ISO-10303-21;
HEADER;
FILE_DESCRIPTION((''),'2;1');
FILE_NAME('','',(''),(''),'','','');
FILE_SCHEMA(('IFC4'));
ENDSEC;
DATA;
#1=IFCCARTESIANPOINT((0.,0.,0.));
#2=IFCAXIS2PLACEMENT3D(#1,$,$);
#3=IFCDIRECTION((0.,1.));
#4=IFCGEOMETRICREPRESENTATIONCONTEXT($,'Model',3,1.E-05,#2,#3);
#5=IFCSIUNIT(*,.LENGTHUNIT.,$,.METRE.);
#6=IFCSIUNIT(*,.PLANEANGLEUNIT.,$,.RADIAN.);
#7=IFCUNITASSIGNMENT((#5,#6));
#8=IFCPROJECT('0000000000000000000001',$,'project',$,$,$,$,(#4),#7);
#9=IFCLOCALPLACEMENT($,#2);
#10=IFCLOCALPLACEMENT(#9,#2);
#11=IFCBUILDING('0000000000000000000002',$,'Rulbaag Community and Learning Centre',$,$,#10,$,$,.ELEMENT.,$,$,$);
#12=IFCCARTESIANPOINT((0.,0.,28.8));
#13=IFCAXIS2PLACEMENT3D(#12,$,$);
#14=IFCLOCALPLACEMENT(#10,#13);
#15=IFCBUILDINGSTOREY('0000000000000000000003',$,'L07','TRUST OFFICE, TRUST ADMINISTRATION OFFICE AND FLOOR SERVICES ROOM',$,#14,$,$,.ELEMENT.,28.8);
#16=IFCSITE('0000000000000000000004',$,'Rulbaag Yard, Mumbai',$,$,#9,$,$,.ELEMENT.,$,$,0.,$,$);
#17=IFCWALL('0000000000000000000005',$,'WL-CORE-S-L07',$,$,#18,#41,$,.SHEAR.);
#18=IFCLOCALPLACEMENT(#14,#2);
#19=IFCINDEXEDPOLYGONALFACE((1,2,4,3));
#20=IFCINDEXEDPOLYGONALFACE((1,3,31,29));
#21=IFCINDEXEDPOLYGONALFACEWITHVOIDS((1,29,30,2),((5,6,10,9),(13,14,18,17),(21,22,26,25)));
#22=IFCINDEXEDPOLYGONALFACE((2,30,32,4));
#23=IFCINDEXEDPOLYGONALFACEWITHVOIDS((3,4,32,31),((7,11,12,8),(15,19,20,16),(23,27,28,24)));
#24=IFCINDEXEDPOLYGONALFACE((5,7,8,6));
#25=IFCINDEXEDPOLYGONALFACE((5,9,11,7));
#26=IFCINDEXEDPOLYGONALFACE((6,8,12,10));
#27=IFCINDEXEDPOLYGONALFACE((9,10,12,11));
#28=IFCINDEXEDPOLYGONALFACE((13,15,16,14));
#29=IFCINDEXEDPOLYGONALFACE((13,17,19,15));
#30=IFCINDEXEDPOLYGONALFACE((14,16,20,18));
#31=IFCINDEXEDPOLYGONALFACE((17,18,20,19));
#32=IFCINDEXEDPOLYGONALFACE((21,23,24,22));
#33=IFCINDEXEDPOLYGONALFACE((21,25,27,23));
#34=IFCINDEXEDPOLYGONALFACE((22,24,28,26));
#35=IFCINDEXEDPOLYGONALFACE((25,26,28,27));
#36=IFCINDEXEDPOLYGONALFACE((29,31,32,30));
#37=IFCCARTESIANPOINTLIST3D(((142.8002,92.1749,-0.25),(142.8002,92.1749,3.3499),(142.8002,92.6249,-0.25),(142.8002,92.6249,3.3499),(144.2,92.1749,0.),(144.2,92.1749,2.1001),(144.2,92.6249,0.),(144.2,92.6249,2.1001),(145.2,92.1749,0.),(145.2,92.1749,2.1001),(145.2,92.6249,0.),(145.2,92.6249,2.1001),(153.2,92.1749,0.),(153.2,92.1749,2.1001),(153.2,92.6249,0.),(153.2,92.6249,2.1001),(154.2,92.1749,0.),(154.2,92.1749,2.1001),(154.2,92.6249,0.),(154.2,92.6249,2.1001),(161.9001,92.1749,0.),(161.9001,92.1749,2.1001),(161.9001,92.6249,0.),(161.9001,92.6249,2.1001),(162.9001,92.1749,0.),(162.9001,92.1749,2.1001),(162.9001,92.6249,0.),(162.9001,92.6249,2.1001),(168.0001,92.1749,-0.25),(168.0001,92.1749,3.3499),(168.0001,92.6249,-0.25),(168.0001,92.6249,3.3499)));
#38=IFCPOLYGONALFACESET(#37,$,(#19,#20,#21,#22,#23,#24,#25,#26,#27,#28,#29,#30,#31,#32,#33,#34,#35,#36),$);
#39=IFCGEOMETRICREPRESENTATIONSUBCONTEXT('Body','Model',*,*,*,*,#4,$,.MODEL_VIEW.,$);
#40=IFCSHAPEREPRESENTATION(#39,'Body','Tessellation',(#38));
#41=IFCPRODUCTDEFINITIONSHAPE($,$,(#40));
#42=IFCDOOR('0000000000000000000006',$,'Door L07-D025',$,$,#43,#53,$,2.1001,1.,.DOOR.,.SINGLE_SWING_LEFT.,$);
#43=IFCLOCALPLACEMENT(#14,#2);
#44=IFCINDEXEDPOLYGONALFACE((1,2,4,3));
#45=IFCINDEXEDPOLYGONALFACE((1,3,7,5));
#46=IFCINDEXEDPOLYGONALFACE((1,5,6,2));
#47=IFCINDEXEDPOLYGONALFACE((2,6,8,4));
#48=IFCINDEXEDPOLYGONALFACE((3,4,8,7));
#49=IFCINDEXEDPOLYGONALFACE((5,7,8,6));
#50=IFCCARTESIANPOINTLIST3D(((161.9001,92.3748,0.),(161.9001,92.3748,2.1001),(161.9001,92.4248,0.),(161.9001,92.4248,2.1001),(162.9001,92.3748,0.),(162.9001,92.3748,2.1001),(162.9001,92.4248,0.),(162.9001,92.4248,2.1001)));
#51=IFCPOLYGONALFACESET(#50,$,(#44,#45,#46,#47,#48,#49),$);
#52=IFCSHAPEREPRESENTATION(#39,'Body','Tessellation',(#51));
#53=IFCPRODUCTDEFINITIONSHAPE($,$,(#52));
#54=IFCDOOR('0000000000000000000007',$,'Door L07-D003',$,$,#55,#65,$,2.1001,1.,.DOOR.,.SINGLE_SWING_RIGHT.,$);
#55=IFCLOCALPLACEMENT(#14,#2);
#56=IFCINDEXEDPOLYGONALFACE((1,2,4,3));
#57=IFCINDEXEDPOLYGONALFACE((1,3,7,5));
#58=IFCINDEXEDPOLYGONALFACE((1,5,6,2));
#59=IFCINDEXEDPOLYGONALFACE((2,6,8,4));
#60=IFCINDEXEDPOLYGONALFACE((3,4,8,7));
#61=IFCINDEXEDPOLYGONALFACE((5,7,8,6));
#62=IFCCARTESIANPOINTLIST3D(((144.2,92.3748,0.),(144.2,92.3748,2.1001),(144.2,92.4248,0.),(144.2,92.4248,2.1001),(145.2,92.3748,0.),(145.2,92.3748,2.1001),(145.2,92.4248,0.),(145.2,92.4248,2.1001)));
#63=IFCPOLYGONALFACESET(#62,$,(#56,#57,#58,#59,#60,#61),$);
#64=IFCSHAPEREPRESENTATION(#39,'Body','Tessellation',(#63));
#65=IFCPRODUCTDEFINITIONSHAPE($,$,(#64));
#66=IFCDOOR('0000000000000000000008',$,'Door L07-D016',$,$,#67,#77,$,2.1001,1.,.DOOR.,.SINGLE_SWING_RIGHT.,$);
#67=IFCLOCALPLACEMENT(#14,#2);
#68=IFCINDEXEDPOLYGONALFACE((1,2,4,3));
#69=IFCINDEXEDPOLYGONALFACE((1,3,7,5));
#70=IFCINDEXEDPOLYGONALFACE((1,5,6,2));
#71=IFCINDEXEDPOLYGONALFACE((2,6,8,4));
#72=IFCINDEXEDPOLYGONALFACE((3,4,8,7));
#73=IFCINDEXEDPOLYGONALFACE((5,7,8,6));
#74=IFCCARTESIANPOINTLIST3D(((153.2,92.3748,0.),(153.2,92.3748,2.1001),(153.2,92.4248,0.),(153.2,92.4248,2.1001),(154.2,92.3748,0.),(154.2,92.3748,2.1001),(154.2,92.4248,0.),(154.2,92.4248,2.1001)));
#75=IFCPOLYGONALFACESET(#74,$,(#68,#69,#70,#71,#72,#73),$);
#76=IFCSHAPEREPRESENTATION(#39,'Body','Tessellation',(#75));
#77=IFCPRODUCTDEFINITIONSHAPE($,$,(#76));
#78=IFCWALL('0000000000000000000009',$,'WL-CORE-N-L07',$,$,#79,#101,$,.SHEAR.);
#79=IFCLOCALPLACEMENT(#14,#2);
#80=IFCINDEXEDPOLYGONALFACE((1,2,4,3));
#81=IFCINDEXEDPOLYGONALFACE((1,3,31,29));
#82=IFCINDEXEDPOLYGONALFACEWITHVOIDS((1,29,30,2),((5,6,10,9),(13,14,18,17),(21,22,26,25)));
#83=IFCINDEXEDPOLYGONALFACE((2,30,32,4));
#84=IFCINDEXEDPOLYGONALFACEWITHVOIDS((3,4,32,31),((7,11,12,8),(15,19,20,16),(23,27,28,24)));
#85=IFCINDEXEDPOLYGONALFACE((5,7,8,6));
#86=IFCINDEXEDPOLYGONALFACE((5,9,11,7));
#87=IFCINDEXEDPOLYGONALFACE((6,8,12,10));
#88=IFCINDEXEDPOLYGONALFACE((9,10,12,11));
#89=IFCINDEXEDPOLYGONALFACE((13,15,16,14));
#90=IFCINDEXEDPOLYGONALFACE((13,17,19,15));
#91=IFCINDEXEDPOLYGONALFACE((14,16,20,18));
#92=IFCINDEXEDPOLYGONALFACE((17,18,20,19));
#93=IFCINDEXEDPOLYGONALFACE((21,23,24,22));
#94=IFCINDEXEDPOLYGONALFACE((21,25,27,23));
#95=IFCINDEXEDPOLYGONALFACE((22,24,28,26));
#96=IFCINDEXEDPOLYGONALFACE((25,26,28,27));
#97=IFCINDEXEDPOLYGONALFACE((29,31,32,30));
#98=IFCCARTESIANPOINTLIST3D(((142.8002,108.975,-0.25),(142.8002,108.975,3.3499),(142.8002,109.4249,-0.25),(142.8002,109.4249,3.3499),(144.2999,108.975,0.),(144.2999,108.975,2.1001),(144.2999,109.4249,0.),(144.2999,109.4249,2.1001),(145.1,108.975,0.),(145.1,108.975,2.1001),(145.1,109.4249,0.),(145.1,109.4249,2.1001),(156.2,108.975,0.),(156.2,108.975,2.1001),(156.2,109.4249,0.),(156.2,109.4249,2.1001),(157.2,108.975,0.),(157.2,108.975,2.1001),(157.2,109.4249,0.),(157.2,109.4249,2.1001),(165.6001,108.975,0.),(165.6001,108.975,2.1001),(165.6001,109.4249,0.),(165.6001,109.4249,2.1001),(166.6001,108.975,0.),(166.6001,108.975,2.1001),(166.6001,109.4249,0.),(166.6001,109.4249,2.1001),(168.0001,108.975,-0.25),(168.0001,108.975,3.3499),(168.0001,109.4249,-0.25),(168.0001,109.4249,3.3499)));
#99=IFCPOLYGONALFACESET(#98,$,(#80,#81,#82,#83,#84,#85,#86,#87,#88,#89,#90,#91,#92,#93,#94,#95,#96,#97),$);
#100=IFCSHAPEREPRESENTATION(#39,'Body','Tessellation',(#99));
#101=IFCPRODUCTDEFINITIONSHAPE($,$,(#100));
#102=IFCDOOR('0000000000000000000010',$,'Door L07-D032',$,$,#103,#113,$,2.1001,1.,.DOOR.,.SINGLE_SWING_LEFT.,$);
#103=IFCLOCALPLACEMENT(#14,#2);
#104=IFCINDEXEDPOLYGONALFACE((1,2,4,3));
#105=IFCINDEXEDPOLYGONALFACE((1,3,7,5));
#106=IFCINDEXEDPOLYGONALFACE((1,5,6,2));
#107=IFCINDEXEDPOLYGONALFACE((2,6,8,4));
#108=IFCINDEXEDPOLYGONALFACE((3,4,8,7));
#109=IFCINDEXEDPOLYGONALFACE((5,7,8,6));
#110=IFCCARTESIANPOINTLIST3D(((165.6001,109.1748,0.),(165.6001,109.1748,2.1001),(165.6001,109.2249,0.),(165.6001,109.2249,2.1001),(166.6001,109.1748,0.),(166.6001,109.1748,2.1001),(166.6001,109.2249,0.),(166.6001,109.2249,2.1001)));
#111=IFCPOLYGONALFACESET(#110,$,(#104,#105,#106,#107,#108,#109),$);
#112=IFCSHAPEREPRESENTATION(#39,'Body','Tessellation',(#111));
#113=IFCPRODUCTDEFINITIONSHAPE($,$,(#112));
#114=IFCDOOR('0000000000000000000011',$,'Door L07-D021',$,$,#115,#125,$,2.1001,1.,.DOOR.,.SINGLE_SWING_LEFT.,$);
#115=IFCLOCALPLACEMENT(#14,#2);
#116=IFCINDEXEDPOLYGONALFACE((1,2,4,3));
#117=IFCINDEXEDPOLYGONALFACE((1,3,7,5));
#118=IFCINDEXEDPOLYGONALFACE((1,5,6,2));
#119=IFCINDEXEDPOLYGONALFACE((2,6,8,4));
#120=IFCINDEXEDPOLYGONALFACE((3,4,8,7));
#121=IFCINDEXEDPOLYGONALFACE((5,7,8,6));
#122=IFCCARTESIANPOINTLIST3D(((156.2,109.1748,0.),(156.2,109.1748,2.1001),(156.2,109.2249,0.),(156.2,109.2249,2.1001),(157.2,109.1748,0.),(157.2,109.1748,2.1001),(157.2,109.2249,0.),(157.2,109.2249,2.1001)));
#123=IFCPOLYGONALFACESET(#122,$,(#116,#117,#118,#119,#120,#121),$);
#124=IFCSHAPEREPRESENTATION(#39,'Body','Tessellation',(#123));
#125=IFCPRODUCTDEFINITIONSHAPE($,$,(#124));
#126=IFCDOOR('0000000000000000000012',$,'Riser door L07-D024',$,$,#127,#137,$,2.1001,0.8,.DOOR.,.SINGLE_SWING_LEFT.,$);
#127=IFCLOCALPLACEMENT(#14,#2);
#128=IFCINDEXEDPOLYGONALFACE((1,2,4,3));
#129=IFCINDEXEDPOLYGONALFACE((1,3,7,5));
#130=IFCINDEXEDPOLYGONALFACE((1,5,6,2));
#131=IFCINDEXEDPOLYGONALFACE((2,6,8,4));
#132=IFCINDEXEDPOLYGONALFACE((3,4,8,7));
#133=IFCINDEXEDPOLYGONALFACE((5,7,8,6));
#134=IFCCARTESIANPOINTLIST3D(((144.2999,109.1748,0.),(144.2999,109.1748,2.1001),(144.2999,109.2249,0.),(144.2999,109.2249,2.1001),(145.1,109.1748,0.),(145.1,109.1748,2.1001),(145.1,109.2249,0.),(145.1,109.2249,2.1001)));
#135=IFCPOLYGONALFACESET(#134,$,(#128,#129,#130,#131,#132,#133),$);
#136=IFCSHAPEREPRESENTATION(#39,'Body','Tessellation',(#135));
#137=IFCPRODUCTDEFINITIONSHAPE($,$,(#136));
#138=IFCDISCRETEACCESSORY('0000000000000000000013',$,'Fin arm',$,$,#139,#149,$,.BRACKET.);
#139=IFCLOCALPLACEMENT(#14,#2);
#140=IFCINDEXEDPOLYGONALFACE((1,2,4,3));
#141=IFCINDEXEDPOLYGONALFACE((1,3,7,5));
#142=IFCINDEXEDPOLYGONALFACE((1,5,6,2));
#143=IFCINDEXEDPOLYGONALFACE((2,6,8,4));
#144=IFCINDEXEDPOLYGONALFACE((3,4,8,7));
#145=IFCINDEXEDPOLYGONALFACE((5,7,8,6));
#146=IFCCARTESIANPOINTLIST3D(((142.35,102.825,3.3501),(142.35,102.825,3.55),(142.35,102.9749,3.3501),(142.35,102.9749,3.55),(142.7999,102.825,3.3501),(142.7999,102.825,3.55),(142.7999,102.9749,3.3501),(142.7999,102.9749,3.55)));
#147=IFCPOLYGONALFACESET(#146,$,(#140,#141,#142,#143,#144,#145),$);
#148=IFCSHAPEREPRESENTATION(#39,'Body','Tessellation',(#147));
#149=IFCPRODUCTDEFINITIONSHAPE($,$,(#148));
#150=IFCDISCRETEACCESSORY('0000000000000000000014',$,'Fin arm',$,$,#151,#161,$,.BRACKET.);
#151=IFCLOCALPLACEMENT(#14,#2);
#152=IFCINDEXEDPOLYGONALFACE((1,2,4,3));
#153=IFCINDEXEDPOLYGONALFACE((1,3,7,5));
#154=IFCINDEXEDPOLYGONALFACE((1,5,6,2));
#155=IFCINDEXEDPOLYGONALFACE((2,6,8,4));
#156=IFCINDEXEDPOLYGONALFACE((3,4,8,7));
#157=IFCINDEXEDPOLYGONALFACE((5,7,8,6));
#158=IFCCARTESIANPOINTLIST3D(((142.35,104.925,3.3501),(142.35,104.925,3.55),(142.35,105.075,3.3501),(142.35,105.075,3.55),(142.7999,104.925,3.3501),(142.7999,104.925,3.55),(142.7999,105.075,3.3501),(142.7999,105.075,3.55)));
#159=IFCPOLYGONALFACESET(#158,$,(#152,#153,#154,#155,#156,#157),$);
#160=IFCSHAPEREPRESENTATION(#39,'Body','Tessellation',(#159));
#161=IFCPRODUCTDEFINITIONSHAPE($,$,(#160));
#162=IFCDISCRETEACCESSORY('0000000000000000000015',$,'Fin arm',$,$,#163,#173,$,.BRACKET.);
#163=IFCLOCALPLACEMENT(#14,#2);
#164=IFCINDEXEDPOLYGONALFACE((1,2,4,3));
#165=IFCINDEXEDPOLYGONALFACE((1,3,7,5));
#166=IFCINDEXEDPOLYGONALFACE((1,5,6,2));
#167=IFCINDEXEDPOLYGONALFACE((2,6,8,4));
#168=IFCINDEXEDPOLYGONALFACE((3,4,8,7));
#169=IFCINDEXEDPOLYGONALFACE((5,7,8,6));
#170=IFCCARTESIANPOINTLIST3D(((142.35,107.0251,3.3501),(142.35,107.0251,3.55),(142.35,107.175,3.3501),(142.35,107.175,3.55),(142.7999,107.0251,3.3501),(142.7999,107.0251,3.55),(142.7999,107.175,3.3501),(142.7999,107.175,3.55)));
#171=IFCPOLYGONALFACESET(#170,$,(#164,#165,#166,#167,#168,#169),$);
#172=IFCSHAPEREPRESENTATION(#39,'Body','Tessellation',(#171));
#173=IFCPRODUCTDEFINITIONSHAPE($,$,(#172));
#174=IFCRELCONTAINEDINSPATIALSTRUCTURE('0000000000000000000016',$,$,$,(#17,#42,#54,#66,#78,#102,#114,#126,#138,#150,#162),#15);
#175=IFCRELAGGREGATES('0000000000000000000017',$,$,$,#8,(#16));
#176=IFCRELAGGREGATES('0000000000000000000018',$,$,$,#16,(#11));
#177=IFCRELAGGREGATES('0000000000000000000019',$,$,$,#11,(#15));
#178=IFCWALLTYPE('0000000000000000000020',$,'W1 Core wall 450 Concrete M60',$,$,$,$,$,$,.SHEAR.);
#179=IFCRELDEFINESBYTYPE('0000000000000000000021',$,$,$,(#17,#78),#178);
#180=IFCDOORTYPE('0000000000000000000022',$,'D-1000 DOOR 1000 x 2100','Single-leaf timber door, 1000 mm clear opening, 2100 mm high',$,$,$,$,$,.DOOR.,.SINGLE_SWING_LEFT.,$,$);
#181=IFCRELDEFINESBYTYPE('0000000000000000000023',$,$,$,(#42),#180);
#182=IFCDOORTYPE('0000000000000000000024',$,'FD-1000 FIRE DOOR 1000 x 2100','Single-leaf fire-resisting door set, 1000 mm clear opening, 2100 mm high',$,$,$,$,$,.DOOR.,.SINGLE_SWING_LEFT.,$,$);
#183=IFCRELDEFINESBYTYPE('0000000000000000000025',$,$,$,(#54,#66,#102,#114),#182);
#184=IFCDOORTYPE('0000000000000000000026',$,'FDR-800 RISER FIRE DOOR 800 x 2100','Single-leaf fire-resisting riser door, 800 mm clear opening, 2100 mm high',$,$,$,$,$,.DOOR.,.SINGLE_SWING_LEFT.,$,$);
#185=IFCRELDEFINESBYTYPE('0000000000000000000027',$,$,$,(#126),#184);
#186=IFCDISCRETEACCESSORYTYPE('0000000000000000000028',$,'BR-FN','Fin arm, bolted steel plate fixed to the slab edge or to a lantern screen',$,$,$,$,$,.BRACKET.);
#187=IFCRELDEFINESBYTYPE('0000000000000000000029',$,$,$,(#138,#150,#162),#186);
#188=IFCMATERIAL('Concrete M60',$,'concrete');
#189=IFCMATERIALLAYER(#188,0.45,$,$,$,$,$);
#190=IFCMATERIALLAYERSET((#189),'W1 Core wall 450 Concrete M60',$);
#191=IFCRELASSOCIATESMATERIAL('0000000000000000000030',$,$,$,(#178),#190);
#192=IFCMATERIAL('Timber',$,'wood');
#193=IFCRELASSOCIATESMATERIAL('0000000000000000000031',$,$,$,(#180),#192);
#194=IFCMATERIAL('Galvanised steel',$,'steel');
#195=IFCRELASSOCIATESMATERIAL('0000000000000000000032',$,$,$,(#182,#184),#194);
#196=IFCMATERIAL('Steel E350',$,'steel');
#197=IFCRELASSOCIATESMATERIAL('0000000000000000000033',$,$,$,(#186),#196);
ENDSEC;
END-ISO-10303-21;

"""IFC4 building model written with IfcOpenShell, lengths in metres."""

from ifc_helpers import new_model, si_unit, direction, frame, frame_2d, origin, origin_2d, place, context, subcontext, project, spatial, rectangle, extrude, material, layer, layer_set, type_object, element, fill, save


model = new_model("IFC4")

# Units and contexts
model_context = context("Model", 3, precision=1e-05, world=origin(), true_north=direction((0.0, 1.0)))
body_context = subcontext(model_context, "Body", "Model", "MODEL_VIEW")
ifc_project = project(units=[si_unit("LENGTHUNIT", "METRE"), si_unit("PLANEANGLEUNIT", "RADIAN")], contexts=[model_context])

# Site, building, storey
site_placement = place(None, origin())
site = spatial("IfcSite", under=ifc_project, at=site_placement, Name="Rulbaag Yard, Mumbai", CompositionType="ELEMENT", RefElevation=0.0)
building_placement = place(site_placement, origin())
building = spatial("IfcBuilding", under=site, at=building_placement, Name="Rulbaag Community and Learning Centre", CompositionType="ELEMENT")
storey_placement = place(building_placement, frame((0.0, 0.0, 28.8)))
storey = spatial("IfcBuildingStorey", under=building, at=storey_placement, Name="L07", Description="TRUST OFFICE, TRUST ADMINISTRATION OFFICE AND FLOOR SERVICES ROOM", CompositionType="ELEMENT", Elevation=28.8)

# Shared definitions
ifc_material_1 = material(Name="Concrete M60", Category="concrete")

# Walls, openings, doors
ifc_layer_1 = layer(ifc_material_1, 0.45)
ifc_layer_set_1 = layer_set([ifc_layer_1], Name="W1 Core wall 450 Concrete M60")
wall_type_1 = type_object("IfcWallType", Name="W1 Core wall 450 Concrete M60", PredefinedType="SHEAR", material=ifc_layer_set_1)
wall_1_placement = place(storey_placement, frame((142.8, 92.3999, -0.25), z_axis=(0.0, 0.0, 1.0), x_axis=(1.0, 0.0, 0.0)))
wall_1 = element("IfcWall", 1, at=wall_1_placement, inside=storey, type_object=wall_type_1, Name="WL-CORE-S-L07", PredefinedType="SHEAR", context=body_context, shape_type="SweptSolid", body=[
    extrude(rectangle(XDim=25.2, YDim=0.45, at=frame_2d((12.6001, 0.0))), origin(), (0.0, 0.0, 1.0), 3.5999),
])
opening_1_placement = place(wall_1_placement, frame((1.3999, 0.0, 0.25)))
opening_1 = element("IfcOpeningElement", 2, at=opening_1_placement, cuts=wall_1, PredefinedType="OPENING", context=body_context, shape_type="SweptSolid", body=[
    extrude(rectangle(XDim=1.0, YDim=2.1001, at=frame_2d((0.5, 1.05))), frame((0.0, 0.2349, 0.0), z_axis=(0.0, -1.0, 0.0), x_axis=(1.0, 0.0, 0.0)), (0.0, 0.0, 1.0), 0.47),
])
opening_2_placement = place(wall_1_placement, frame((19.1001, 0.0, 0.25)))
opening_2 = element("IfcOpeningElement", 3, at=opening_2_placement, cuts=wall_1, PredefinedType="OPENING", context=body_context, shape_type="SweptSolid", body=[
    extrude(rectangle(XDim=1.0, YDim=2.1001, at=frame_2d((0.5, 1.05))), frame((0.0, 0.2349, 0.0), z_axis=(0.0, -1.0, 0.0), x_axis=(1.0, 0.0, 0.0)), (0.0, 0.0, 1.0), 0.47),
])
opening_3_placement = place(wall_1_placement, frame((10.3999, 0.0, 0.25)))
opening_3 = element("IfcOpeningElement", 4, at=opening_3_placement, cuts=wall_1, PredefinedType="OPENING", context=body_context, shape_type="SweptSolid", body=[
    extrude(rectangle(XDim=1.0, YDim=2.1001, at=frame_2d((0.5, 1.05))), frame((0.0, 0.2349, 0.0), z_axis=(0.0, -1.0, 0.0), x_axis=(1.0, 0.0, 0.0)), (0.0, 0.0, 1.0), 0.47),
])
ifc_material_2 = material(Name="Timber", Category="wood")
door_type_1 = type_object("IfcDoorType", Name="D-1000 DOOR 1000 x 2100", Description="Single-leaf timber door, 1000 mm clear opening, 2100 mm high", OperationType="SINGLE_SWING_LEFT", PredefinedType="DOOR", material=ifc_material_2)
door_1_placement = place(opening_2_placement, origin())
door_1 = element("IfcDoor", 5, at=door_1_placement, inside=storey, type_object=door_type_1, Name="Door L07-D025", OperationType="SINGLE_SWING_LEFT", OverallHeight=2.1001, OverallWidth=1.0, PredefinedType="DOOR", context=body_context, shape_type="SweptSolid", body=[
    extrude(rectangle(XDim=1.0, YDim=2.1001, at=frame_2d((0.5, 1.05))), frame((0.0, 0.0249, 0.0), z_axis=(0.0, -1.0, 0.0), x_axis=(1.0, 0.0, 0.0)), (0.0, 0.0, 1.0), 0.05),
])
fill(opening_2, door_1)
ifc_material_3 = material(Name="Galvanised steel", Category="steel")
door_type_2 = type_object("IfcDoorType", Name="FD-1000 FIRE DOOR 1000 x 2100", Description="Single-leaf fire-resisting door set, 1000 mm clear opening, 2100 mm high", OperationType="SINGLE_SWING_LEFT", PredefinedType="DOOR", material=ifc_material_3)
door_2_placement = place(opening_1_placement, origin())
door_2 = element("IfcDoor", 6, at=door_2_placement, inside=storey, type_object=door_type_2, Name="Door L07-D003", OperationType="SINGLE_SWING_RIGHT", OverallHeight=2.1001, OverallWidth=1.0, PredefinedType="DOOR", context=body_context, shape_type="SweptSolid", body=[
    extrude(rectangle(XDim=1.0, YDim=2.1001, at=frame_2d((0.5, 1.05))), frame((0.0, 0.0249, 0.0), z_axis=(0.0, -1.0, 0.0), x_axis=(1.0, 0.0, 0.0)), (0.0, 0.0, 1.0), 0.05),
])
fill(opening_1, door_2)
door_3_placement = place(opening_3_placement, origin())
door_3 = element("IfcDoor", 7, at=door_3_placement, inside=storey, type_object=door_type_2, Name="Door L07-D016", OperationType="SINGLE_SWING_RIGHT", OverallHeight=2.1001, OverallWidth=1.0, PredefinedType="DOOR", context=body_context, shape_type="SweptSolid", body=[
    extrude(rectangle(XDim=1.0, YDim=2.1001, at=frame_2d((0.5, 1.05))), frame((0.0, 0.0249, 0.0), z_axis=(0.0, -1.0, 0.0), x_axis=(1.0, 0.0, 0.0)), (0.0, 0.0, 1.0), 0.05),
])
fill(opening_3, door_3)
wall_2_placement = place(storey_placement, frame((142.8, 109.2, -0.25), z_axis=(0.0, 0.0, 1.0), x_axis=(1.0, 0.0, 0.0)))
wall_2 = element("IfcWall", 8, at=wall_2_placement, inside=storey, type_object=wall_type_1, Name="WL-CORE-N-L07", PredefinedType="SHEAR", context=body_context, shape_type="SweptSolid", body=[
    extrude(rectangle(XDim=25.2, YDim=0.45, at=frame_2d((12.6001, 0.0))), origin(), (0.0, 0.0, 1.0), 3.5999),
])
opening_4_placement = place(wall_2_placement, frame((22.8, 0.0, 0.25)))
opening_4 = element("IfcOpeningElement", 9, at=opening_4_placement, cuts=wall_2, PredefinedType="OPENING", context=body_context, shape_type="SweptSolid", body=[
    extrude(rectangle(XDim=1.0, YDim=2.1001, at=frame_2d((0.5, 1.05))), frame((0.0, 0.2349, 0.0), z_axis=(0.0, -1.0, 0.0), x_axis=(1.0, 0.0, 0.0)), (0.0, 0.0, 1.0), 0.47),
])
opening_5_placement = place(wall_2_placement, frame((1.5, 0.0, 0.25)))
opening_5 = element("IfcOpeningElement", 10, at=opening_5_placement, cuts=wall_2, PredefinedType="OPENING", context=body_context, shape_type="SweptSolid", body=[
    extrude(rectangle(XDim=0.8, YDim=2.1001, at=frame_2d((0.3999, 1.05))), frame((0.0, 0.2349, 0.0), z_axis=(0.0, -1.0, 0.0), x_axis=(1.0, 0.0, 0.0)), (0.0, 0.0, 1.0), 0.47),
])
opening_6_placement = place(wall_2_placement, frame((13.3999, 0.0, 0.25)))
opening_6 = element("IfcOpeningElement", 11, at=opening_6_placement, cuts=wall_2, PredefinedType="OPENING", context=body_context, shape_type="SweptSolid", body=[
    extrude(rectangle(XDim=1.0, YDim=2.1001, at=frame_2d((0.5, 1.05))), frame((0.0, 0.2349, 0.0), z_axis=(0.0, -1.0, 0.0), x_axis=(1.0, 0.0, 0.0)), (0.0, 0.0, 1.0), 0.47),
])
door_4_placement = place(opening_4_placement, origin())
door_4 = element("IfcDoor", 12, at=door_4_placement, inside=storey, type_object=door_type_2, Name="Door L07-D032", OperationType="SINGLE_SWING_LEFT", OverallHeight=2.1001, OverallWidth=1.0, PredefinedType="DOOR", context=body_context, shape_type="SweptSolid", body=[
    extrude(rectangle(XDim=1.0, YDim=2.1001, at=frame_2d((0.5, 1.05))), frame((0.0, 0.0249, 0.0), z_axis=(0.0, -1.0, 0.0), x_axis=(1.0, 0.0, 0.0)), (0.0, 0.0, 1.0), 0.05),
])
fill(opening_4, door_4)
door_5_placement = place(opening_6_placement, origin())
door_5 = element("IfcDoor", 13, at=door_5_placement, inside=storey, type_object=door_type_2, Name="Door L07-D021", OperationType="SINGLE_SWING_LEFT", OverallHeight=2.1001, OverallWidth=1.0, PredefinedType="DOOR", context=body_context, shape_type="SweptSolid", body=[
    extrude(rectangle(XDim=1.0, YDim=2.1001, at=frame_2d((0.5, 1.05))), frame((0.0, 0.0249, 0.0), z_axis=(0.0, -1.0, 0.0), x_axis=(1.0, 0.0, 0.0)), (0.0, 0.0, 1.0), 0.05),
])
fill(opening_6, door_5)
door_type_3 = type_object("IfcDoorType", Name="FDR-800 RISER FIRE DOOR 800 x 2100", Description="Single-leaf fire-resisting riser door, 800 mm clear opening, 2100 mm high", OperationType="SINGLE_SWING_LEFT", PredefinedType="DOOR", material=ifc_material_3)
door_6_placement = place(opening_5_placement, origin())
door_6 = element("IfcDoor", 14, at=door_6_placement, inside=storey, type_object=door_type_3, Name="Riser door L07-D024", OperationType="SINGLE_SWING_LEFT", OverallHeight=2.1001, OverallWidth=0.8, PredefinedType="DOOR", context=body_context, shape_type="SweptSolid", body=[
    extrude(rectangle(XDim=0.8, YDim=2.1001, at=frame_2d((0.3999, 1.05))), frame((0.0, 0.0249, 0.0), z_axis=(0.0, -1.0, 0.0), x_axis=(1.0, 0.0, 0.0)), (0.0, 0.0, 1.0), 0.05),
])
fill(opening_5, door_6)

# Discrete accessories
ifc_material_4 = material(Name="Steel E350", Category="steel")
discrete_accessory_type = type_object("IfcDiscreteAccessoryType", Name="BR-FN", Description="Fin arm, bolted steel plate fixed to the slab edge or to a lantern screen", PredefinedType="BRACKET", material=ifc_material_4)
for number, where, z_axis, x_axis, name in (
    (15, (142.575, 102.8999, 3.3501), (0.0, 0.0, 1.0), (1.0, 0.0, 0.0), "Fin arm"),
    (16, (142.575, 105.0, 3.3501), (0.0, 0.0, 1.0), (1.0, 0.0, 0.0), "Fin arm"),
    (17, (142.575, 107.1001, 3.3501), (0.0, 0.0, 1.0), (1.0, 0.0, 0.0), "Fin arm"),
):
    element("IfcDiscreteAccessory", number, at=place(storey_placement, frame(where, z_axis=z_axis, x_axis=x_axis)), inside=storey, type_object=discrete_accessory_type, Name=name, PredefinedType="BRACKET", context=body_context, shape_type="SweptSolid", body=[
        extrude(rectangle(XDim=0.45, YDim=0.1499, at=origin_2d()), origin(), (0.0, 0.0, 1.0), 0.2),
    ])

save(model, "model.ifc")
